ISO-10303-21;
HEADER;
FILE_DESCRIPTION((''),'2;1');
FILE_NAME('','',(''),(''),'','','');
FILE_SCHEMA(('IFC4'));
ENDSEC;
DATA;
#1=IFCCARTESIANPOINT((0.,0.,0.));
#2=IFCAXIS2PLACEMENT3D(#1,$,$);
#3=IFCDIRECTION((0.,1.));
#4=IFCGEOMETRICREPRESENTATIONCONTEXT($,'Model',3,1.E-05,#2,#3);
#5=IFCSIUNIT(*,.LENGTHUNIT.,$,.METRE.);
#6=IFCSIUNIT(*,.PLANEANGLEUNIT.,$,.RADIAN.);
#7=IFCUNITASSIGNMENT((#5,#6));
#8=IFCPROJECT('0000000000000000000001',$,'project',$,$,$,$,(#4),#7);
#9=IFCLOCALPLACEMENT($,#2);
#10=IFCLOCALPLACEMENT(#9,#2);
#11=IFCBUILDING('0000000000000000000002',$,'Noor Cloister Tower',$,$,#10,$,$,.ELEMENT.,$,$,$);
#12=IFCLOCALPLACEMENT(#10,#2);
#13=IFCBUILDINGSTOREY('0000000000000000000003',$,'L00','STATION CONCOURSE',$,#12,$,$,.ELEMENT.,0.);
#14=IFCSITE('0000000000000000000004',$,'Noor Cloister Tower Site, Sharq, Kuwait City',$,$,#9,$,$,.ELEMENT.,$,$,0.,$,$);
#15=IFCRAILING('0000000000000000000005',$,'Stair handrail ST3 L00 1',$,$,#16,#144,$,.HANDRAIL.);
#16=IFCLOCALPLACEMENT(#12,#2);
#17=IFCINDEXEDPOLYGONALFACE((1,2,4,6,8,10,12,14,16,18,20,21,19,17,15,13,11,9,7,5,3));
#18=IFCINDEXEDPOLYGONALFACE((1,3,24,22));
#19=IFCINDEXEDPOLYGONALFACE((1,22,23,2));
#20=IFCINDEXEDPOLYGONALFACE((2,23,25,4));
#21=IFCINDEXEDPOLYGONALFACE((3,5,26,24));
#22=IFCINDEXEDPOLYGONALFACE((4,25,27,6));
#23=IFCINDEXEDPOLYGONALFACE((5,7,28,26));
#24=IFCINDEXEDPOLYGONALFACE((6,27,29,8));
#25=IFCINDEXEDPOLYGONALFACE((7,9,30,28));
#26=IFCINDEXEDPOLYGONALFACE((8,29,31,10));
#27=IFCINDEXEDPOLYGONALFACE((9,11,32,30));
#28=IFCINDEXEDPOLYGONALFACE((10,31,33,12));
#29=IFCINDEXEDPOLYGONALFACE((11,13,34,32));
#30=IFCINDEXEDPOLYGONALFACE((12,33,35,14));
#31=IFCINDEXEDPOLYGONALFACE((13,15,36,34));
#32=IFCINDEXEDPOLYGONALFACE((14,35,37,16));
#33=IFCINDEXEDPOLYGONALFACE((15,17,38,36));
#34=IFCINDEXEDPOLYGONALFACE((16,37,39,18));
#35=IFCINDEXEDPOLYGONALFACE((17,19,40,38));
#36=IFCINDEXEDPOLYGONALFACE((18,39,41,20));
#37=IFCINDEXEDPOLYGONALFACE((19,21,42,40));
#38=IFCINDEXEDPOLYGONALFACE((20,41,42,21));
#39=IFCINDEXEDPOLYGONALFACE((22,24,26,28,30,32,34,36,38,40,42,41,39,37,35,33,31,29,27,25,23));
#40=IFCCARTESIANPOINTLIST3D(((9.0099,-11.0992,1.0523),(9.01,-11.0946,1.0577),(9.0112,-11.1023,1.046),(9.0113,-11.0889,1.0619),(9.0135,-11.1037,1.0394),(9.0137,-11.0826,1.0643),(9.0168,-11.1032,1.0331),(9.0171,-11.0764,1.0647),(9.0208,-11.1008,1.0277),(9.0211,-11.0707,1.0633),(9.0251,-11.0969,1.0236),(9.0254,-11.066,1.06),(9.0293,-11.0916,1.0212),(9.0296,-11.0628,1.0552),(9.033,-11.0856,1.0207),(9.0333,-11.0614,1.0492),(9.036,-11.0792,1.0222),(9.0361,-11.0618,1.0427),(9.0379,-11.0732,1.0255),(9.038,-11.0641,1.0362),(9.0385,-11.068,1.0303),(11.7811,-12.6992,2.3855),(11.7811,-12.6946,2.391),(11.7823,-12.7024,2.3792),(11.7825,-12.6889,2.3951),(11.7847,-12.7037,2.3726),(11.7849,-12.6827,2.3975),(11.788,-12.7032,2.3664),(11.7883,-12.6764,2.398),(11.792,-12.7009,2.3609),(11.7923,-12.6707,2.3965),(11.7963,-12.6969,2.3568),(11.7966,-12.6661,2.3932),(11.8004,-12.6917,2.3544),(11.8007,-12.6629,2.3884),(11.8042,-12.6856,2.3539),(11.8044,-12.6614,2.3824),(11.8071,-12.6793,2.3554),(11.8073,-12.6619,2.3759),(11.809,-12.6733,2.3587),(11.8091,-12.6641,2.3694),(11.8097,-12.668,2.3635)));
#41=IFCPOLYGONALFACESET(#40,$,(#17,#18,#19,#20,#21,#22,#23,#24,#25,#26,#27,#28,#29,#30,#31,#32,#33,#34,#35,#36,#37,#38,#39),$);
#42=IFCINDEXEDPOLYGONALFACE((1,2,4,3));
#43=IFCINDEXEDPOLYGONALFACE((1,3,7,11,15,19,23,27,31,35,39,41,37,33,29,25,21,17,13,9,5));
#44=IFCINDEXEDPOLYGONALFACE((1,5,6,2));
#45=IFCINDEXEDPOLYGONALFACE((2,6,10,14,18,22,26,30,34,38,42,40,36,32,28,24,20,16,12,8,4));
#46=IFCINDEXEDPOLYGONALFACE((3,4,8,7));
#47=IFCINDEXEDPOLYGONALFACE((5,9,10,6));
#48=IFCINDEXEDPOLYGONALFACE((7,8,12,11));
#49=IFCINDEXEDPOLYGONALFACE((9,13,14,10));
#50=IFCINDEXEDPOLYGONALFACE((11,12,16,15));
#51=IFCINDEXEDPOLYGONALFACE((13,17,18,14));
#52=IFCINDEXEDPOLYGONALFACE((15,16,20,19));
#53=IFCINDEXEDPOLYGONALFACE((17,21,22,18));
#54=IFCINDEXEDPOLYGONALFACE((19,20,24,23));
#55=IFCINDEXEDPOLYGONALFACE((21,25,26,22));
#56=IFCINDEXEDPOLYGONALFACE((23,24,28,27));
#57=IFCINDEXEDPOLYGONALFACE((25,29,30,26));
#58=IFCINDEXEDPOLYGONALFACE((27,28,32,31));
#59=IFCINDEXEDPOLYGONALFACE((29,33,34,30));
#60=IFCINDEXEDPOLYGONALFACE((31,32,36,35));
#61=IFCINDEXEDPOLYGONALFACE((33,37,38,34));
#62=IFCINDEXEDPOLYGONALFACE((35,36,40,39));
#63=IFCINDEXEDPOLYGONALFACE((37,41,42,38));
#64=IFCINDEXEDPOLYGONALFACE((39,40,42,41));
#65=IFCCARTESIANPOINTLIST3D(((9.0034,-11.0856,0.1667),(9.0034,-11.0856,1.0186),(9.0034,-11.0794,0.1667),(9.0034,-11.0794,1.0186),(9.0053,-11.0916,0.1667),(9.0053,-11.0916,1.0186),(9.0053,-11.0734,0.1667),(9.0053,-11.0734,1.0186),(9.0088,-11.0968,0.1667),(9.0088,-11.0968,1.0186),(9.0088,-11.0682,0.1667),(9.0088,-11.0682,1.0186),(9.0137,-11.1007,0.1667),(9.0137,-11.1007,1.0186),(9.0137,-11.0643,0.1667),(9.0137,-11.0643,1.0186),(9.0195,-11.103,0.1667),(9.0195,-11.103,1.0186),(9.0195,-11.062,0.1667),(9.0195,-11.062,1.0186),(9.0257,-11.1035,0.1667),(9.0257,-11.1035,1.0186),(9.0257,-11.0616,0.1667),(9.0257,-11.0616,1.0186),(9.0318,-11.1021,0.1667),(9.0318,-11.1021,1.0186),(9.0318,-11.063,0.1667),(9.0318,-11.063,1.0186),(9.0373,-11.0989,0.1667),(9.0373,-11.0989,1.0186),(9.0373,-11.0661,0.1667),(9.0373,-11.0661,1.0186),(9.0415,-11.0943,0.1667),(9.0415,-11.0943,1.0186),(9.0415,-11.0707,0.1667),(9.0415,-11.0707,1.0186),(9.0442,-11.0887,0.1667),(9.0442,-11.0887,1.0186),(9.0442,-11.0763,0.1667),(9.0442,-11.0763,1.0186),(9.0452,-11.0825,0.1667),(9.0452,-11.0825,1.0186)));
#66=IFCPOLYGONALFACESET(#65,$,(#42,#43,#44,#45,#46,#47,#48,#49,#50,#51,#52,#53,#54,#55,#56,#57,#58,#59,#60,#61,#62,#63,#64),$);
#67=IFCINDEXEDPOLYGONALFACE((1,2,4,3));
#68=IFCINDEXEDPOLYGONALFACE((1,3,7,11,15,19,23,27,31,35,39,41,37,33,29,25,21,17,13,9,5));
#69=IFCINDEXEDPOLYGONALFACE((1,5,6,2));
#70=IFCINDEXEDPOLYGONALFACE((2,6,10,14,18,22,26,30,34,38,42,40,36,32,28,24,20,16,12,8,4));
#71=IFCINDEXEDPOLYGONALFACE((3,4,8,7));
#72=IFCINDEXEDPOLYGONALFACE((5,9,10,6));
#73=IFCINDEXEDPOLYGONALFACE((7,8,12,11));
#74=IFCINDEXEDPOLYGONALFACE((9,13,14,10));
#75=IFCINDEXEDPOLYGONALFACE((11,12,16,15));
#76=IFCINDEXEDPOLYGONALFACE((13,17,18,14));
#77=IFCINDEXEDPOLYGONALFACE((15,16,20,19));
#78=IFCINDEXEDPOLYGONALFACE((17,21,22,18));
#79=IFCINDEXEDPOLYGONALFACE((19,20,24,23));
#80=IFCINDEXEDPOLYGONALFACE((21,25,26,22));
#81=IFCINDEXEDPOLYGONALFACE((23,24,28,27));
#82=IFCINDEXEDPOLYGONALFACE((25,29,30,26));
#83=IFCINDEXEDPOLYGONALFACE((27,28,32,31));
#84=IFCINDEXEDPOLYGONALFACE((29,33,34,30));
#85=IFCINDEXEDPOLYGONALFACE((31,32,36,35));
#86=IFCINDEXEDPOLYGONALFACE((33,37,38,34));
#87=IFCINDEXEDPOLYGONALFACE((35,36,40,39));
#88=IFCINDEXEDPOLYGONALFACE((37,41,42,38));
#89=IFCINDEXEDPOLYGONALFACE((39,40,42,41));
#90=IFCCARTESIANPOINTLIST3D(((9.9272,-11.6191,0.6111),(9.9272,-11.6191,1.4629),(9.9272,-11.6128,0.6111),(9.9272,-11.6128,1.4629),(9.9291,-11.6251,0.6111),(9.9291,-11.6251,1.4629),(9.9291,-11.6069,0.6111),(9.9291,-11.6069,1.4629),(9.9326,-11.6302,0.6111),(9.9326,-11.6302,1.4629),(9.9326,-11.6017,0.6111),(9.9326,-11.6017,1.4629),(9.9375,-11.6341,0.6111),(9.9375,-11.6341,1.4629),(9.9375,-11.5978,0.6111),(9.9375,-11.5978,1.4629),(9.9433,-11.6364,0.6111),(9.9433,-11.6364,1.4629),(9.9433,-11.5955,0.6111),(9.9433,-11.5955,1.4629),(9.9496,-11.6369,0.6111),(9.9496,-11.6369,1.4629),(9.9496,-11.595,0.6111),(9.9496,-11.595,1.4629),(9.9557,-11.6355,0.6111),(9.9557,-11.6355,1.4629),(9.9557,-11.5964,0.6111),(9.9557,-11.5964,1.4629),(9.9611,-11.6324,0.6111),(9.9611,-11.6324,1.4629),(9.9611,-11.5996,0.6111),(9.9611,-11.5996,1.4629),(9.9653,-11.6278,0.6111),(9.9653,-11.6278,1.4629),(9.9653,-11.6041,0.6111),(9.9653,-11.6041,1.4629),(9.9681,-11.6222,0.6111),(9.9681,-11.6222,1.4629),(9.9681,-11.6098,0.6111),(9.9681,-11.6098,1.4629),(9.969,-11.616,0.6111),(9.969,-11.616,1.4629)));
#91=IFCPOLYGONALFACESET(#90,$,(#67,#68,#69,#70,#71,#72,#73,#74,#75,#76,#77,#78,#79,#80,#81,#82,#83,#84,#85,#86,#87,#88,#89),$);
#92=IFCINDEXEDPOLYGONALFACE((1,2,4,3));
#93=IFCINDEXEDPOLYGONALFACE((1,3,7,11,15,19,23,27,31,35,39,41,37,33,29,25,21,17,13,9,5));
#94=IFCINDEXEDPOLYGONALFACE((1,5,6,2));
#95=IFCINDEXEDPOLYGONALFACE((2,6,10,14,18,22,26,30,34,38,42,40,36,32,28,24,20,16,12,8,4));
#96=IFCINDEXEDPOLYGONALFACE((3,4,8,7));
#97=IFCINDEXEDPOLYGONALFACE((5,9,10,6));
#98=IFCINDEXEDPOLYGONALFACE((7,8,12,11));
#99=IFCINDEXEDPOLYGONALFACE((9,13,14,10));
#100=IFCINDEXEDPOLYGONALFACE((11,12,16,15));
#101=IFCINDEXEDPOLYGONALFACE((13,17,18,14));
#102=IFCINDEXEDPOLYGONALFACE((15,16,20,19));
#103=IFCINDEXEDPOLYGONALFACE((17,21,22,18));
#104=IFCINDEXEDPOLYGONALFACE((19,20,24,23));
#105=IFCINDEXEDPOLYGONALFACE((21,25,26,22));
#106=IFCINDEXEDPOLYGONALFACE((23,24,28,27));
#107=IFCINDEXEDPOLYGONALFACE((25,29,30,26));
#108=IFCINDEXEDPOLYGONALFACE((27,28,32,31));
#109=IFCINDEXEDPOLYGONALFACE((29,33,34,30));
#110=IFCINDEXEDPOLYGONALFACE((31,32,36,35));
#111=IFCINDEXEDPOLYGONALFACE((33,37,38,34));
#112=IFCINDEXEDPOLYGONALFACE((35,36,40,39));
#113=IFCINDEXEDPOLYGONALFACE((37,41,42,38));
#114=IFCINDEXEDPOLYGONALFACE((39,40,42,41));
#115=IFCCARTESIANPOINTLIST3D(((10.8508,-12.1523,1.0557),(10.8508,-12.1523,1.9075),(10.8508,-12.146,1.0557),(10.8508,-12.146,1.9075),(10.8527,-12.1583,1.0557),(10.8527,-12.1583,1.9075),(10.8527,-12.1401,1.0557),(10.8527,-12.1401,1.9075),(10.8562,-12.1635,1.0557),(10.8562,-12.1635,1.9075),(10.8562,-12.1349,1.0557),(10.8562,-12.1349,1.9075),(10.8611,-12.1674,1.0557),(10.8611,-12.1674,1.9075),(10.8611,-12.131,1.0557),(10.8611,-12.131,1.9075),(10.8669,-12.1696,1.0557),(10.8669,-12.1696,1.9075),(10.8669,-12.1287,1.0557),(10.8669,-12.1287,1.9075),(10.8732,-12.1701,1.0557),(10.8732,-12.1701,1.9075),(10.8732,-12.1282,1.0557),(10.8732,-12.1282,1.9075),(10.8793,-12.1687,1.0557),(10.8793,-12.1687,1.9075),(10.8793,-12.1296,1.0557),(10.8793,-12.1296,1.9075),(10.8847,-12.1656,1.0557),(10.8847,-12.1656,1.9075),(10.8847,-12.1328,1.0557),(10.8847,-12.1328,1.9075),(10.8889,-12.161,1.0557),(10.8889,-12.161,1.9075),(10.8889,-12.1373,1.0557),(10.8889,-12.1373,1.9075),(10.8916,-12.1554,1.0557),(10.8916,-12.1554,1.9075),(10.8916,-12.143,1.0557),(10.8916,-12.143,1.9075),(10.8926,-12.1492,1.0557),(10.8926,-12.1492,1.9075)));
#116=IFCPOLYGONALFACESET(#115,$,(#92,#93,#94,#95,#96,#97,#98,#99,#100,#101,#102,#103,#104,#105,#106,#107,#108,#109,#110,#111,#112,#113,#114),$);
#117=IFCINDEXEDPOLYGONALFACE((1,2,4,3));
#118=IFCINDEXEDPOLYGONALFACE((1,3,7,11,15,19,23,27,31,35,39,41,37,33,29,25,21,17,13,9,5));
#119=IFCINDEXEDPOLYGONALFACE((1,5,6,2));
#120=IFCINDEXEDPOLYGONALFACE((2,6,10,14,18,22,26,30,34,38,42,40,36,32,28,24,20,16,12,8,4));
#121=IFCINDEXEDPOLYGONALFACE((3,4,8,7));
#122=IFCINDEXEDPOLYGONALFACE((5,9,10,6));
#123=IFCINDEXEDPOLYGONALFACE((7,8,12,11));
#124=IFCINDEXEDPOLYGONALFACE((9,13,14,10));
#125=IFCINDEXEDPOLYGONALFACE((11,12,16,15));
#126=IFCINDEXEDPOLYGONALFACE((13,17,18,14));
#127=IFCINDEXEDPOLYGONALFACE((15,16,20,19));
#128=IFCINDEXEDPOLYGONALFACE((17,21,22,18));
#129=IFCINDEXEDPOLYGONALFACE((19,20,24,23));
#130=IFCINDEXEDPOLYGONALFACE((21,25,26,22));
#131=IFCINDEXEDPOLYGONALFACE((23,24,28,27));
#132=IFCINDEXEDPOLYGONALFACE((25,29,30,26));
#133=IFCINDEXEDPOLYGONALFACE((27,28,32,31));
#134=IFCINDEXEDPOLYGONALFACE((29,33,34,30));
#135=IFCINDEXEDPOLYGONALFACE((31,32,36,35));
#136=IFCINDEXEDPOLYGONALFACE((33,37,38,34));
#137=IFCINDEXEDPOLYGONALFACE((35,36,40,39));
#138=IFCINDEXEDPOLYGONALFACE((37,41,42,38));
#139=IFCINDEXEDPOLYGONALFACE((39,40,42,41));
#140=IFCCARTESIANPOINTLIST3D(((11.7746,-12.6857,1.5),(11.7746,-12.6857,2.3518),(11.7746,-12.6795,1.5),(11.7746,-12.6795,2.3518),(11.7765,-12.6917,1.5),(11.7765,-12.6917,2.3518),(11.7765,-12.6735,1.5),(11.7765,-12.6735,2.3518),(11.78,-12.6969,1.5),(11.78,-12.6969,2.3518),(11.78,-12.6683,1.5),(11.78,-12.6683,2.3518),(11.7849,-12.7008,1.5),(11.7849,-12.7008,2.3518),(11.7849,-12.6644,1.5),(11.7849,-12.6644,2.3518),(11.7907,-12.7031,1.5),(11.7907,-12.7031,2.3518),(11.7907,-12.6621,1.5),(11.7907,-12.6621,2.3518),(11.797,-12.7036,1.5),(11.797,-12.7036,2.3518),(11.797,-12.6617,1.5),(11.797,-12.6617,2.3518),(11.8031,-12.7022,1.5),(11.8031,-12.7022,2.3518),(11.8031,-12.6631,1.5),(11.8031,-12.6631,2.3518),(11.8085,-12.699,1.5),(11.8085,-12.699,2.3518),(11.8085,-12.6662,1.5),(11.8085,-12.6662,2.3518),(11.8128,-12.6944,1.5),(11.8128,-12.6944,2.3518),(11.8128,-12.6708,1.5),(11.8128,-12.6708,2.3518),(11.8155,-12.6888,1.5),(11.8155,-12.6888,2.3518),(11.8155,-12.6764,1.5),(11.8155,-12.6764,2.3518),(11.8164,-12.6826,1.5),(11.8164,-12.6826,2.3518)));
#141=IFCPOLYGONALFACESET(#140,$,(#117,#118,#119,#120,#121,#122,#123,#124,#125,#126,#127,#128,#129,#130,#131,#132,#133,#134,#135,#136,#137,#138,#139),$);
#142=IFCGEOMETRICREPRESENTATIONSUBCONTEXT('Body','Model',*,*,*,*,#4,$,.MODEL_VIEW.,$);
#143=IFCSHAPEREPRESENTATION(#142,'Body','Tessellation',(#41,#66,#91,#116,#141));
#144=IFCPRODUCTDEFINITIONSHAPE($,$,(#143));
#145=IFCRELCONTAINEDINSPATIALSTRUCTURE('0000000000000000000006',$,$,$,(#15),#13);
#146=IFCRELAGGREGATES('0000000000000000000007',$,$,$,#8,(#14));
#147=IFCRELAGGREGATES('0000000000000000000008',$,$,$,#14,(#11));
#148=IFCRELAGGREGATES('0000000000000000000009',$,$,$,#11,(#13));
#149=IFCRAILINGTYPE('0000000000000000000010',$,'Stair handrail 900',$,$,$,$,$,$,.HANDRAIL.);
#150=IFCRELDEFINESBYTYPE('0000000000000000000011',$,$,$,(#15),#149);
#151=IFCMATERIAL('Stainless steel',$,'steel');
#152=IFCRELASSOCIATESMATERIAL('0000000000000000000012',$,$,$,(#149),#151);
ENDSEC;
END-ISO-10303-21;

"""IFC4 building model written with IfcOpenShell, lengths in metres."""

from ifc_helpers import new_model, si_unit, direction, frame, origin, origin_2d, place, context, subcontext, project, spatial, circle, extrude, material, type_object, element, save


model = new_model("IFC4")

# Units and contexts
model_context = context("Model", 3, precision=1e-05, world=origin(), true_north=direction((0.0, 1.0)))
body_context = subcontext(model_context, "Body", "Model", "MODEL_VIEW")
ifc_project = project(units=[si_unit("LENGTHUNIT", "METRE"), si_unit("PLANEANGLEUNIT", "RADIAN")], contexts=[model_context])

# Site, building, storey
site_placement = place(None, origin())
site = spatial("IfcSite", under=ifc_project, at=site_placement, Name="Noor Cloister Tower Site, Sharq, Kuwait City", CompositionType="ELEMENT", RefElevation=0.0)
building_placement = place(site_placement, origin())
building = spatial("IfcBuilding", under=site, at=building_placement, Name="Noor Cloister Tower", CompositionType="ELEMENT")
storey_placement = place(building_placement, origin())
storey = spatial("IfcBuildingStorey", under=building, at=storey_placement, Name="L00", Description="STATION CONCOURSE", CompositionType="ELEMENT", Elevation=0.0)

# Railing
ifc_material_1 = material(Name="Stainless steel", Category="steel")
railing_type = type_object("IfcRailingType", Name="Stair handrail 900", PredefinedType="HANDRAIL", material=ifc_material_1)
railing_placement = place(storey_placement, frame((9.0242, -11.0825, 0.1667)))
element("IfcRailing", 1, at=railing_placement, inside=storey, type_object=railing_type, Name="Stair handrail ST3 L00 1", PredefinedType="HANDRAIL", context=body_context, shape_type="SweptSolid", body=[
    extrude(circle(Radius=0.0239, at=origin_2d()), frame((0.0, 0.0, 0.876), z_axis=(0.799401, -0.461569, 0.384594), x_axis=(0.500028, 0.866009, 0.0)), (0.0, 0.0, 1.0), 3.4666),
    extrude(circle(Radius=0.021, at=origin_2d()), origin(), (0.0, 0.0, 1.0), 0.8518),
    extrude(circle(Radius=0.021, at=origin_2d()), frame((0.9238, -0.5334, 0.4443)), (0.0, 0.0, 1.0), 0.8518),
    extrude(circle(Radius=0.021, at=origin_2d()), frame((1.8474, -1.0667, 0.8889)), (0.0, 0.0, 1.0), 0.8518),
    extrude(circle(Radius=0.021, at=origin_2d()), frame((2.7712, -1.6001, 1.3333)), (0.0, 0.0, 1.0), 0.8518),
])

save(model, "model.ifc")
